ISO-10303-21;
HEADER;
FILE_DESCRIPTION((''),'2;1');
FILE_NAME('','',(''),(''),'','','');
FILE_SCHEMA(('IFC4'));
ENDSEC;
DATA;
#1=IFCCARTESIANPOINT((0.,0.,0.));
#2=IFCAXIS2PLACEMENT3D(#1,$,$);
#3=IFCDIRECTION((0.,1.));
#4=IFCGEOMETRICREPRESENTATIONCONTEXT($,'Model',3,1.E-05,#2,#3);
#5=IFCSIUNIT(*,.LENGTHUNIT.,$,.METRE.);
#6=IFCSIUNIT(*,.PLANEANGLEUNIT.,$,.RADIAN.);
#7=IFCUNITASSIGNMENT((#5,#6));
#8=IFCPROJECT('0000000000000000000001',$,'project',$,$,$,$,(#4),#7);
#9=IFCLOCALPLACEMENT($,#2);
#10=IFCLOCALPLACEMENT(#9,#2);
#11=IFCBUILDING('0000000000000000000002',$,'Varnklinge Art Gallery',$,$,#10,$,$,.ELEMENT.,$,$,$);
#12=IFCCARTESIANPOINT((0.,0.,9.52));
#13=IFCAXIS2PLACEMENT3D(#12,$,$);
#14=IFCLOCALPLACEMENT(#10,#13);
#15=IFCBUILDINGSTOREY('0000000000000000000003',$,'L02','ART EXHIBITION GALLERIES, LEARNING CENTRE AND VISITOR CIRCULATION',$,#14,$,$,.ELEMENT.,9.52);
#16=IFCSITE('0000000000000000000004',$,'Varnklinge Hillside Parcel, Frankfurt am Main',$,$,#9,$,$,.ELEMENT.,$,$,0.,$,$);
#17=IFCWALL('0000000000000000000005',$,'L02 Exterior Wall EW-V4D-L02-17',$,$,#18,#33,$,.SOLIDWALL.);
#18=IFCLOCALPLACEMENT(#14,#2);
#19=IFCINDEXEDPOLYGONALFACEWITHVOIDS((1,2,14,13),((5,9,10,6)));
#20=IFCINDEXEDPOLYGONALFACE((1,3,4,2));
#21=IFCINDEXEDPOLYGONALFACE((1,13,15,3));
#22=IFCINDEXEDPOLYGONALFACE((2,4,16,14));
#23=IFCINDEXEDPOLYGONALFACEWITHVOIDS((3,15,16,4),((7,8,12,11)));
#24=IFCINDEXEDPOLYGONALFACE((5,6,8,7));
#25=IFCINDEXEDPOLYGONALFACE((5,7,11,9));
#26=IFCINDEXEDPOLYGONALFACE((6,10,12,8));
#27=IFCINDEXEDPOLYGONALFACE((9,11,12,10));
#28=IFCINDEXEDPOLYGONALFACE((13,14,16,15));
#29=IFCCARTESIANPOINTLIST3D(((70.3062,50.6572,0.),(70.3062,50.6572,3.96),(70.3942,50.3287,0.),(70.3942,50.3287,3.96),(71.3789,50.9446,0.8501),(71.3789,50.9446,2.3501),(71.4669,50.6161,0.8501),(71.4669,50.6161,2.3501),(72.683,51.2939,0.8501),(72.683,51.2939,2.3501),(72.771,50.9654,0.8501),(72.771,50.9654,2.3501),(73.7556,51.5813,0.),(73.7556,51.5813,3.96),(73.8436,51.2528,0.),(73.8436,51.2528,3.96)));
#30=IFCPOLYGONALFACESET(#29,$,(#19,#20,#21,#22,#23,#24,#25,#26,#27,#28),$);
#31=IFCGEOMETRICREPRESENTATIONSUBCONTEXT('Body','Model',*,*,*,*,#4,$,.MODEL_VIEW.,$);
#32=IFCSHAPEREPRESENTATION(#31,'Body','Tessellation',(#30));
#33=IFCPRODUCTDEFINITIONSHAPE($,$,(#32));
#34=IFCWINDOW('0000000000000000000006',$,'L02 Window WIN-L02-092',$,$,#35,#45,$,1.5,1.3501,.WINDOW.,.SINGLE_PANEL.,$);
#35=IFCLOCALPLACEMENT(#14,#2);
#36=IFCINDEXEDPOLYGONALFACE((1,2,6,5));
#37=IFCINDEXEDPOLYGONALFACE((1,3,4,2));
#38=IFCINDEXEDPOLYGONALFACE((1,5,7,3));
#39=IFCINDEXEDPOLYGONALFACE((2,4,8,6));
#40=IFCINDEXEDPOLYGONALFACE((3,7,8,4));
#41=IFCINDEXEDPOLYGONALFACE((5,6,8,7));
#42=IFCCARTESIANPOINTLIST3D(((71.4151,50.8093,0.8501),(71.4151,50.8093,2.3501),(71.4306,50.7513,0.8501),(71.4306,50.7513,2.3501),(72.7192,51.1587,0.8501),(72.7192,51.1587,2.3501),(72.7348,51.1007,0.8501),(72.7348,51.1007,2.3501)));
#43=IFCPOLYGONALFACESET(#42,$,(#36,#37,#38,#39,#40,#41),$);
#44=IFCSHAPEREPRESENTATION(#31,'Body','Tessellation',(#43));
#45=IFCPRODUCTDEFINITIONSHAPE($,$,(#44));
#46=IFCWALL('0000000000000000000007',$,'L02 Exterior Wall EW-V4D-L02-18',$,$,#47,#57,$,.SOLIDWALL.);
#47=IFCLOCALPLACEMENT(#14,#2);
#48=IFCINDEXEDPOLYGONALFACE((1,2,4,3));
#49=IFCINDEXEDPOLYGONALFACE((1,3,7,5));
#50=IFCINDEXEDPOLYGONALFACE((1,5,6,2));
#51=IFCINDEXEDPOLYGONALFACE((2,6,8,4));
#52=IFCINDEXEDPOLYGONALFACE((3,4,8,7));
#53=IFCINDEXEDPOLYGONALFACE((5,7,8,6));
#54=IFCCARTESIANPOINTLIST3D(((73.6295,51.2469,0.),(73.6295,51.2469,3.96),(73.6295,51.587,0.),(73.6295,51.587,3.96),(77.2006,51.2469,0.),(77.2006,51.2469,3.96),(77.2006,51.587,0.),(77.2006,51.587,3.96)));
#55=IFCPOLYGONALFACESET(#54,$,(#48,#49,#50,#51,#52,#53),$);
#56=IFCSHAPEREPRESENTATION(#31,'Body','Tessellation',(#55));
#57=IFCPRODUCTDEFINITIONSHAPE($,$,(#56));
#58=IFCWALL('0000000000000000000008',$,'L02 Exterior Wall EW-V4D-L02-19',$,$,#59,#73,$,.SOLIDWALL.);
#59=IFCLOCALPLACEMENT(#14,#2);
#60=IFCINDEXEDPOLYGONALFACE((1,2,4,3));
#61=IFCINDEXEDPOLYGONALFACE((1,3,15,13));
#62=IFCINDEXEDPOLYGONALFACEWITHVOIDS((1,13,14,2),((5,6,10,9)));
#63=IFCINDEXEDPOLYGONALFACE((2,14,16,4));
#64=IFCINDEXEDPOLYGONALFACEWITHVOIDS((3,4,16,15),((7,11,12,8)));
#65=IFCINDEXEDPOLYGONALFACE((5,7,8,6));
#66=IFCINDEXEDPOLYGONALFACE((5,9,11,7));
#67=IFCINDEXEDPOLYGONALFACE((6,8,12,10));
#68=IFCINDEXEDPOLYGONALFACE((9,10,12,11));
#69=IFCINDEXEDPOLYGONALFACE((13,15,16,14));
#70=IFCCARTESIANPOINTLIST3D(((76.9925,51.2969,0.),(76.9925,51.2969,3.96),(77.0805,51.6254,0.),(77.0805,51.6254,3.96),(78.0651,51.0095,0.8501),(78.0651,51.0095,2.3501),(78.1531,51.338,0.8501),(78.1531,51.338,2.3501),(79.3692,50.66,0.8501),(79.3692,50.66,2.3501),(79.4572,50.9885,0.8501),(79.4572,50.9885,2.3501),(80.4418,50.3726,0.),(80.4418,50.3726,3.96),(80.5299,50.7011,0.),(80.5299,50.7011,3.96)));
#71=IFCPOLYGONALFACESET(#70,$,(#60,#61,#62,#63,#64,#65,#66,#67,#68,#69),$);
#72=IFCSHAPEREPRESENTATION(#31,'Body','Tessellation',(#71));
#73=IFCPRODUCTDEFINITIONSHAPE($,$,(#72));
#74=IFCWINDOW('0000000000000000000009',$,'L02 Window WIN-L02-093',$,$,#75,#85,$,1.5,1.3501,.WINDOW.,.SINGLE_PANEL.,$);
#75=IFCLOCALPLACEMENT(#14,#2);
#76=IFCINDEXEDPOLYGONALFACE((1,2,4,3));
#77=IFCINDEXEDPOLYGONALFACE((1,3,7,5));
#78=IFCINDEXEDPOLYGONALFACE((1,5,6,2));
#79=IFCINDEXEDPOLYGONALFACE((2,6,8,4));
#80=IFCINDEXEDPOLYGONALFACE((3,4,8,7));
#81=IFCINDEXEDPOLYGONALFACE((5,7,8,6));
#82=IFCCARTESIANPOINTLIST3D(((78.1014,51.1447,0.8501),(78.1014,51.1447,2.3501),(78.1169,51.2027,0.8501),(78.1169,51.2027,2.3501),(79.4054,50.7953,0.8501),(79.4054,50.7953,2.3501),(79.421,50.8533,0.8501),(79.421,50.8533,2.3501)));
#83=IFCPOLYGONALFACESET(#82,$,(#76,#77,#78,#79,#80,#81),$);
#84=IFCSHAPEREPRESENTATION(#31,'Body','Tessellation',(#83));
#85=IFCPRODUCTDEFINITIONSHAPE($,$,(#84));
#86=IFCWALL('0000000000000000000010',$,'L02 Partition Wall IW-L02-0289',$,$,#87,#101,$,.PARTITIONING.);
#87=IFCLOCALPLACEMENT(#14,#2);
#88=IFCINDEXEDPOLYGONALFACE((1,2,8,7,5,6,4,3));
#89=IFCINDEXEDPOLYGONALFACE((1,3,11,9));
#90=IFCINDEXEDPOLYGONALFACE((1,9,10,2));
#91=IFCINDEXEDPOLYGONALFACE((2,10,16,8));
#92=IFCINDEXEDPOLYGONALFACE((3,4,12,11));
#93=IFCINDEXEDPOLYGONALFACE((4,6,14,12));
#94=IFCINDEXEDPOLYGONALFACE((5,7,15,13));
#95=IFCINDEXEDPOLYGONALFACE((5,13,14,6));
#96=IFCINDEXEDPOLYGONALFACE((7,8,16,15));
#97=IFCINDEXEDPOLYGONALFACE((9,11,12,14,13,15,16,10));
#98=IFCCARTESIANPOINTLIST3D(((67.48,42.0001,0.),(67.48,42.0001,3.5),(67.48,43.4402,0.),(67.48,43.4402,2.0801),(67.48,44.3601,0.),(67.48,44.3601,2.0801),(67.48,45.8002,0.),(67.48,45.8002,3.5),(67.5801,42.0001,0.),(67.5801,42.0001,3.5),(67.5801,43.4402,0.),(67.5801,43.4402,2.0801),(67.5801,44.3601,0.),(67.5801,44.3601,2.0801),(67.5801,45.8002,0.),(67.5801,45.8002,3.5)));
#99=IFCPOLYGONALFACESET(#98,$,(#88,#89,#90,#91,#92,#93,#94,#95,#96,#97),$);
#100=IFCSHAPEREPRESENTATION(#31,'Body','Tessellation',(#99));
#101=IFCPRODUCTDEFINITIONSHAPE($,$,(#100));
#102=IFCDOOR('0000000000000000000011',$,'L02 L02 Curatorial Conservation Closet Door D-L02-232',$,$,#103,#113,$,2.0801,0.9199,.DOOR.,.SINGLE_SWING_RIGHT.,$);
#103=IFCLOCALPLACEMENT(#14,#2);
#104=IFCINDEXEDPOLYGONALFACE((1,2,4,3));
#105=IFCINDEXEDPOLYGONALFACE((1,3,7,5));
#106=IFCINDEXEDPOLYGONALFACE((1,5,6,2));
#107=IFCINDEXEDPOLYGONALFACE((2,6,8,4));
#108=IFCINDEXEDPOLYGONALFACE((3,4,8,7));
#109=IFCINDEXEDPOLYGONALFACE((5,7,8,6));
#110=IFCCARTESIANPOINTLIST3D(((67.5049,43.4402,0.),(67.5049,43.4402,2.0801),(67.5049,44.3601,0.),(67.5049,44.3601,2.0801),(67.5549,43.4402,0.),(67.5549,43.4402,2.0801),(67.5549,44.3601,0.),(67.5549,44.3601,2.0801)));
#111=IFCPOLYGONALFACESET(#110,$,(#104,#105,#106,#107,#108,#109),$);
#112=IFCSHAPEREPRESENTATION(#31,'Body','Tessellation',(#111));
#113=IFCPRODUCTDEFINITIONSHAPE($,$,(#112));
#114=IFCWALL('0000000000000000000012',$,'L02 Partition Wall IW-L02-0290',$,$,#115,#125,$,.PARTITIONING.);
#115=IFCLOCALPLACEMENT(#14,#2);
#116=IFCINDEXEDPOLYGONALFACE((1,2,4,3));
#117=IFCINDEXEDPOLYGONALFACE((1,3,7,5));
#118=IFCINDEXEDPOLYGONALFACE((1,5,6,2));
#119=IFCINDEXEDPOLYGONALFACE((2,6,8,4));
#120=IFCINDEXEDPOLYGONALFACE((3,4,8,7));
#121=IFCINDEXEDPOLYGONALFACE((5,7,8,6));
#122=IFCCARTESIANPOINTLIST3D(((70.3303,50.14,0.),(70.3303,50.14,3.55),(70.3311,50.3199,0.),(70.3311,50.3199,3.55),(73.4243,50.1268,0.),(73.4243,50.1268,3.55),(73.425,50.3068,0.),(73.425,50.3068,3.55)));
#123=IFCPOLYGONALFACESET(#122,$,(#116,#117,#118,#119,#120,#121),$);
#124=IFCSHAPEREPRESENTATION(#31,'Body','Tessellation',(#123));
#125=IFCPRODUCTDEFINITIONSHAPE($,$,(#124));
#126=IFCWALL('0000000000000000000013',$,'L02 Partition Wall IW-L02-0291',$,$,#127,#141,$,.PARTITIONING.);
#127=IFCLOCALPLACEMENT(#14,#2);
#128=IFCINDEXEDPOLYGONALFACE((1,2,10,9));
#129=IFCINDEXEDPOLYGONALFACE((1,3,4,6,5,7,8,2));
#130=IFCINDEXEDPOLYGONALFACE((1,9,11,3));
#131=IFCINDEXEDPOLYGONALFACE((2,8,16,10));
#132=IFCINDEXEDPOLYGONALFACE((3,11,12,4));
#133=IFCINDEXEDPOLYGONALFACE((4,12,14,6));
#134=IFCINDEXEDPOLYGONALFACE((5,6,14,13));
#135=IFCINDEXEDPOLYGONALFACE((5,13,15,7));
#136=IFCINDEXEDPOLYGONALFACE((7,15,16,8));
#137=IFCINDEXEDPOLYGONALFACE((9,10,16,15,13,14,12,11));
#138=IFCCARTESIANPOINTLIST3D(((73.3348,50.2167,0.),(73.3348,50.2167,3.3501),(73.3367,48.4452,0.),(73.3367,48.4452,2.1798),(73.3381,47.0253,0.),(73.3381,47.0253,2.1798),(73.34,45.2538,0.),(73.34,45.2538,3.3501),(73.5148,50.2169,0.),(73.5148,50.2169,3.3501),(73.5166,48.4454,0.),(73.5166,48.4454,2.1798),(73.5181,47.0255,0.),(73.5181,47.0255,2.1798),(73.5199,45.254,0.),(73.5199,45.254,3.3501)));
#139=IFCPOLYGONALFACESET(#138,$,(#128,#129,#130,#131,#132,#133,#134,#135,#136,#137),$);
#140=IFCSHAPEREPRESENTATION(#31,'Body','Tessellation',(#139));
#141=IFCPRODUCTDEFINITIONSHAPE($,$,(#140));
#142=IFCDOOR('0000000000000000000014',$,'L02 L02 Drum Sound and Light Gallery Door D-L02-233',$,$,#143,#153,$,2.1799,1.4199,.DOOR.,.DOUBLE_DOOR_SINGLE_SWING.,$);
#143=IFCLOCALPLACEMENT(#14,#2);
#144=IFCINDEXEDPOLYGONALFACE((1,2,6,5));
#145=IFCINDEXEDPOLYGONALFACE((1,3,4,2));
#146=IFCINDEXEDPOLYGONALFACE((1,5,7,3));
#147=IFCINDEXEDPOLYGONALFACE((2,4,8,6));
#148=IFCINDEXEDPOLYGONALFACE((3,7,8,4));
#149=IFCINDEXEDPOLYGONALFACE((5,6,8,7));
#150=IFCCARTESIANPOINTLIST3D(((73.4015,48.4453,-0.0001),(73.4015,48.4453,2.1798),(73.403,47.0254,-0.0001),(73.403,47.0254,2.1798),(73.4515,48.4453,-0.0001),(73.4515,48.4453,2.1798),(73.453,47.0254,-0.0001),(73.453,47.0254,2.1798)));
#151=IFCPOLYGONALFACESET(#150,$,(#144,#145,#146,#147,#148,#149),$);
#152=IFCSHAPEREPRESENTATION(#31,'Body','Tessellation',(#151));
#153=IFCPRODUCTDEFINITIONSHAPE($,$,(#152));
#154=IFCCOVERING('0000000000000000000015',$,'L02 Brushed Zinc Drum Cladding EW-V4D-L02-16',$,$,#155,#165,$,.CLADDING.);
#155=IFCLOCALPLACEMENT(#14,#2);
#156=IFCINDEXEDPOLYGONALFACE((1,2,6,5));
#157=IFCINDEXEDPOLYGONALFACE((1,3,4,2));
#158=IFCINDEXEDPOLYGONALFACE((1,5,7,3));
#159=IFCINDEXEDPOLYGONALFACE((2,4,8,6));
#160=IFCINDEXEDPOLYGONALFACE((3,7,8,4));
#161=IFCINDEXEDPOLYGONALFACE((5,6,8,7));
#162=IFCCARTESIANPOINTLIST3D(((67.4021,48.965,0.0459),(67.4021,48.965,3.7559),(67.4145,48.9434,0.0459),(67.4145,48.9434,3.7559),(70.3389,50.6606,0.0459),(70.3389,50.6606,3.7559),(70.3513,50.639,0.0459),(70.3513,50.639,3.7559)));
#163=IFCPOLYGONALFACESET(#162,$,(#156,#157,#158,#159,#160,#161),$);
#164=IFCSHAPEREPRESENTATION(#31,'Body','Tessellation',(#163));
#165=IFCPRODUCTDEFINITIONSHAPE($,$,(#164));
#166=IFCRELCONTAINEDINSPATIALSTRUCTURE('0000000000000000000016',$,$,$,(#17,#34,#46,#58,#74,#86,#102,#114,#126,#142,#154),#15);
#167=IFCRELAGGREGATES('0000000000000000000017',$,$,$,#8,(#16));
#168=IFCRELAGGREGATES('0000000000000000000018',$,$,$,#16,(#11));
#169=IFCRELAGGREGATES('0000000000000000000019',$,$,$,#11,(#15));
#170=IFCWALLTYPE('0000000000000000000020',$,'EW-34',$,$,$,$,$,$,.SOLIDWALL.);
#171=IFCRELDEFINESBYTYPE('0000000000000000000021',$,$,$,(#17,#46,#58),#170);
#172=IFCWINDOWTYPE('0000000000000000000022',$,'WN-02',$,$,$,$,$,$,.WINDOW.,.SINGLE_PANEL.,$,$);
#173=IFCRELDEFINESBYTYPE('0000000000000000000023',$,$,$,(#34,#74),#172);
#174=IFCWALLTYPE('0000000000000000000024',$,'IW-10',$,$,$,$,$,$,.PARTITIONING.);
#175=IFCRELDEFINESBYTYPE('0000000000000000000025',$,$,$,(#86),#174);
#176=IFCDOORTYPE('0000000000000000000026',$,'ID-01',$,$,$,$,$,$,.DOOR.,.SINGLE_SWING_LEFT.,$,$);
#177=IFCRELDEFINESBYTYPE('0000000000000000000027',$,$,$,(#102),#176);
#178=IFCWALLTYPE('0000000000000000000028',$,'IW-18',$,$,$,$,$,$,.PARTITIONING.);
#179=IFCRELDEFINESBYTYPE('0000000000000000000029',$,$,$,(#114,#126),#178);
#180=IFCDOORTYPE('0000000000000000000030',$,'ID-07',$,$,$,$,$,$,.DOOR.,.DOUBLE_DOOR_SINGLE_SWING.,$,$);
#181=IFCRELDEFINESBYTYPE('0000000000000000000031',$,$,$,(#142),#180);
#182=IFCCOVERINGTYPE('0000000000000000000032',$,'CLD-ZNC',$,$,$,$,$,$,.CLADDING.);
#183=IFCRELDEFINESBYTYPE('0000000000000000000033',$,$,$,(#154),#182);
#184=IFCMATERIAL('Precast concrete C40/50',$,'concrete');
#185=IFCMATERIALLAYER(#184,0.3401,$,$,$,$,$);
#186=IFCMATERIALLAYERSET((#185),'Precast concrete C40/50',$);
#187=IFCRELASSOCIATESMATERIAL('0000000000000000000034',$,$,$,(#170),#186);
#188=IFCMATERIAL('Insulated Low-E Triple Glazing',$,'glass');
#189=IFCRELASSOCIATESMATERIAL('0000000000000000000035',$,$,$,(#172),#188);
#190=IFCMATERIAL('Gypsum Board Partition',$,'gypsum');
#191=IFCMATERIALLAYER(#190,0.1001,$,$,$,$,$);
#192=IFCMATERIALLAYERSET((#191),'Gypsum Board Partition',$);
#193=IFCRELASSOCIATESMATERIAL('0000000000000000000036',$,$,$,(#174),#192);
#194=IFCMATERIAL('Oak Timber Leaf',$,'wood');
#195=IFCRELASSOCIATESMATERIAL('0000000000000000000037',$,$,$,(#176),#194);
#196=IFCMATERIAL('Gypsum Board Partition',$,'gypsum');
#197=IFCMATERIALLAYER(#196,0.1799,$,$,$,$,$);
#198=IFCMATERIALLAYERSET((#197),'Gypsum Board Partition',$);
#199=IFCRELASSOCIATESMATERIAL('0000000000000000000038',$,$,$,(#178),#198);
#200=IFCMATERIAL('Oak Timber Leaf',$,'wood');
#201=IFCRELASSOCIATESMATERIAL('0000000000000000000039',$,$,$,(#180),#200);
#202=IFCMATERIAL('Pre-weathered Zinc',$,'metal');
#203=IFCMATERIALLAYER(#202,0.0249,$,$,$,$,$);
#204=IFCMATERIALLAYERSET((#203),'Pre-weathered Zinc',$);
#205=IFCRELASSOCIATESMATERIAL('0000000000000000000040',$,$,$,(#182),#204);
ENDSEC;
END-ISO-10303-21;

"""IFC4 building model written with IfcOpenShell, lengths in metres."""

from ifc_helpers import new_model, si_unit, direction, frame, frame_2d, origin, origin_2d, place, context, subcontext, project, spatial, rectangle, extrude, material, layer, layer_set, type_object, element, fill, save


model = new_model("IFC4")

# Units and contexts
model_context = context("Model", 3, precision=1e-05, world=origin(), true_north=direction((0.0, 1.0)))
body_context = subcontext(model_context, "Body", "Model", "MODEL_VIEW")
ifc_project = project(units=[si_unit("LENGTHUNIT", "METRE"), si_unit("PLANEANGLEUNIT", "RADIAN")], contexts=[model_context])

# Site, building, storey
site_placement = place(None, origin())
site = spatial("IfcSite", under=ifc_project, at=site_placement, Name="Varnklinge Hillside Parcel, Frankfurt am Main", CompositionType="ELEMENT", RefElevation=0.0)
building_placement = place(site_placement, origin())
building = spatial("IfcBuilding", under=site, at=building_placement, Name="Varnklinge Art Gallery", CompositionType="ELEMENT")
storey_placement = place(building_placement, frame((0.0, 0.0, 9.52)))
storey = spatial("IfcBuildingStorey", under=building, at=storey_placement, Name="L02", Description="ART EXHIBITION GALLERIES, LEARNING CENTRE AND VISITOR CIRCULATION", CompositionType="ELEMENT", Elevation=9.52)

# Shared definitions
ifc_material_1 = material(Name="Precast concrete C40/50", Category="concrete")
ifc_layer_1 = layer(ifc_material_1, 0.3401)
ifc_layer_set_1 = layer_set([ifc_layer_1], Name="Precast concrete C40/50")
wall_type_1 = type_object("IfcWallType", Name="EW-34", PredefinedType="SOLIDWALL", material=ifc_layer_set_1)
ifc_material_2 = material(Name="Insulated Low-E Triple Glazing", Category="glass")
window_type = type_object("IfcWindowType", Name="WN-02", PartitioningType="SINGLE_PANEL", PredefinedType="WINDOW", material=ifc_material_2)

# Wall, opening, window
wall_1_placement = place(storey_placement, frame((70.3501, 50.4929, 0.0), z_axis=(0.0, 0.0, 1.0), x_axis=(0.96594, 0.258765, 0.0)))
wall_1 = element("IfcWall", 1, at=wall_1_placement, inside=storey, type_object=wall_type_1, Name="L02 Exterior Wall EW-V4D-L02-17", PredefinedType="SOLIDWALL", context=body_context, shape_type="SweptSolid", body=[
    extrude(rectangle(XDim=3.571, YDim=0.3401, at=frame_2d((1.7856, 0.0))), origin(), (0.0, 0.0, 1.0), 3.96),
])
opening_1_placement = place(wall_1_placement, frame((1.1106, 0.0, 0.8501)))
opening_1 = element("IfcOpeningElement", 2, at=opening_1_placement, cuts=wall_1, PredefinedType="OPENING", context=body_context, shape_type="SweptSolid", body=[
    extrude(rectangle(XDim=1.3501, YDim=1.5, at=frame_2d((0.675, 0.75))), frame((0.0, 0.1799, 0.0), z_axis=(0.0, -1.0, 0.0), x_axis=(1.0, 0.0, 0.0)), (0.0, 0.0, 1.0), 0.3601),
])
window_1_placement = place(opening_1_placement, origin())
window_1 = element("IfcWindow", 3, at=window_1_placement, inside=storey, type_object=window_type, Name="L02 Window WIN-L02-092", OverallHeight=1.5, OverallWidth=1.3501, PartitioningType="SINGLE_PANEL", PredefinedType="WINDOW", context=body_context, shape_type="SweptSolid", body=[
    extrude(rectangle(XDim=1.3501, YDim=1.5, at=frame_2d((0.675, 0.75))), frame((0.0, 0.03, 0.0), z_axis=(0.0, -1.0, 0.0), x_axis=(1.0, 0.0, 0.0)), (0.0, 0.0, 1.0), 0.0601),
])
fill(opening_1, window_1)

# Wall
wall_2_placement = place(storey_placement, frame((73.6294, 51.417, 0.0), z_axis=(0.0, 0.0, 1.0), x_axis=(1.0, 0.0, 0.0)))
element("IfcWall", 4, at=wall_2_placement, inside=storey, type_object=wall_type_1, Name="L02 Exterior Wall EW-V4D-L02-18", PredefinedType="SOLIDWALL", context=body_context, shape_type="SweptSolid", body=[
    extrude(rectangle(XDim=3.571, YDim=0.3401, at=frame_2d((1.7856, 0.0))), origin(), (0.0, 0.0, 1.0), 3.96),
])

# Wall, opening, window
wall_3_placement = place(storey_placement, frame((77.0364, 51.4612, 0.0), z_axis=(0.0, 0.0, 1.0), x_axis=(0.965923, -0.258828, 0.0)))
wall_3 = element("IfcWall", 5, at=wall_3_placement, inside=storey, type_object=wall_type_1, Name="L02 Exterior Wall EW-V4D-L02-19", PredefinedType="SOLIDWALL", context=body_context, shape_type="SweptSolid", body=[
    extrude(rectangle(XDim=3.571, YDim=0.3401, at=frame_2d((1.7856, 0.0))), origin(), (0.0, 0.0, 1.0), 3.96),
])
opening_2_placement = place(wall_3_placement, frame((1.1106, 0.0, 0.8501)))
opening_2 = element("IfcOpeningElement", 6, at=opening_2_placement, cuts=wall_3, PredefinedType="OPENING", context=body_context, shape_type="SweptSolid", body=[
    extrude(rectangle(XDim=1.3501, YDim=1.5, at=frame_2d((0.675, 0.75))), frame((0.0, 0.1799, 0.0), z_axis=(0.0, -1.0, 0.0), x_axis=(1.0, 0.0, 0.0)), (0.0, 0.0, 1.0), 0.3601),
])
window_2_placement = place(opening_2_placement, origin())
window_2 = element("IfcWindow", 7, at=window_2_placement, inside=storey, type_object=window_type, Name="L02 Window WIN-L02-093", OverallHeight=1.5, OverallWidth=1.3501, PartitioningType="SINGLE_PANEL", PredefinedType="WINDOW", context=body_context, shape_type="SweptSolid", body=[
    extrude(rectangle(XDim=1.3501, YDim=1.5, at=frame_2d((0.675, 0.75))), frame((0.0, 0.03, 0.0), z_axis=(0.0, -1.0, 0.0), x_axis=(1.0, 0.0, 0.0)), (0.0, 0.0, 1.0), 0.0601),
])
fill(opening_2, window_2)

# Wall, opening, door
ifc_material_3 = material(Name="Gypsum Board Partition", Category="gypsum")
ifc_layer_2 = layer(ifc_material_3, 0.1001)
ifc_layer_set_2 = layer_set([ifc_layer_2], Name="Gypsum Board Partition")
wall_type_2 = type_object("IfcWallType", Name="IW-10", PredefinedType="PARTITIONING", material=ifc_layer_set_2)
wall_4_placement = place(storey_placement, frame((67.53, 45.8, 0.0), z_axis=(0.0, 0.0, 1.0), x_axis=(0.0, -1.0, 0.0)))
wall_4 = element("IfcWall", 8, at=wall_4_placement, inside=storey, type_object=wall_type_2, Name="L02 Partition Wall IW-L02-0289", PredefinedType="PARTITIONING", context=body_context, shape_type="SweptSolid", body=[
    extrude(rectangle(XDim=3.8, YDim=0.1001, at=frame_2d((1.8999, 0.0))), origin(), (0.0, 0.0, 1.0), 3.5),
])
opening_3_placement = place(wall_4_placement, frame((1.4399, 0.0, 0.0)))
opening_3 = element("IfcOpeningElement", 9, at=opening_3_placement, cuts=wall_4, PredefinedType="OPENING", context=body_context, shape_type="SweptSolid", body=[
    extrude(rectangle(XDim=0.9199, YDim=2.0801, at=frame_2d((0.46, 1.04))), frame((0.0, 0.0601, 0.0), z_axis=(0.0, -1.0, 0.0), x_axis=(1.0, 0.0, 0.0)), (0.0, 0.0, 1.0), 0.1201),
])
ifc_material_4 = material(Name="Oak Timber Leaf", Category="wood")
door_type_1 = type_object("IfcDoorType", Name="ID-01", OperationType="SINGLE_SWING_LEFT", PredefinedType="DOOR", material=ifc_material_4)
door_1_placement = place(opening_3_placement, origin())
door_1 = element("IfcDoor", 10, at=door_1_placement, inside=storey, type_object=door_type_1, Name="L02 L02 Curatorial Conservation Closet Door D-L02-232", OperationType="SINGLE_SWING_RIGHT", OverallHeight=2.0801, OverallWidth=0.9199, PredefinedType="DOOR", context=body_context, shape_type="SweptSolid", body=[
    extrude(rectangle(XDim=0.9199, YDim=2.0801, at=frame_2d((0.46, 1.04))), frame((0.0, 0.0249, 0.0), z_axis=(0.0, -1.0, 0.0), x_axis=(1.0, 0.0, 0.0)), (0.0, 0.0, 1.0), 0.05),
])
fill(opening_3, door_1)

# Wall
ifc_material_5 = material(Name="Gypsum Board Partition", Category="gypsum")
ifc_layer_3 = layer(ifc_material_5, 0.1799)
ifc_layer_set_3 = layer_set([ifc_layer_3], Name="Gypsum Board Partition")
wall_type_3 = type_object("IfcWallType", Name="IW-18", PredefinedType="PARTITIONING", material=ifc_layer_set_3)
wall_5_placement = place(storey_placement, frame((70.3308, 50.23, 0.0), z_axis=(0.0, 0.0, 1.0), x_axis=(0.999991, -0.004261, 0.0)))
element("IfcWall", 11, at=wall_5_placement, inside=storey, type_object=wall_type_3, Name="L02 Partition Wall IW-L02-0290", PredefinedType="PARTITIONING", context=body_context, shape_type="SweptSolid", body=[
    extrude(rectangle(XDim=3.094, YDim=0.1799, at=frame_2d((1.5469, 0.0))), origin(), (0.0, 0.0, 1.0), 3.55),
])

# Wall, opening, door
wall_6_placement = place(storey_placement, frame((73.4248, 50.2168, 0.0), z_axis=(0.0, 0.0, 1.0), x_axis=(0.001033, -0.999999, 0.0)))
wall_6 = element("IfcWall", 12, at=wall_6_placement, inside=storey, type_object=wall_type_3, Name="L02 Partition Wall IW-L02-0291", PredefinedType="PARTITIONING", context=body_context, shape_type="SweptSolid", body=[
    extrude(rectangle(XDim=4.9629, YDim=0.1799, at=frame_2d((2.4814, 0.0))), origin(), (0.0, 0.0, 1.0), 3.3501),
])
opening_4_placement = place(wall_6_placement, frame((1.7715, 0.0, 0.0)))
opening_4 = element("IfcOpeningElement", 13, at=opening_4_placement, cuts=wall_6, PredefinedType="OPENING", context=body_context, shape_type="SweptSolid", body=[
    extrude(rectangle(XDim=1.4199, YDim=2.1799, at=frame_2d((0.71, 1.0898))), frame((0.0, 0.0999, 0.0), z_axis=(0.0, -1.0, 0.0), x_axis=(1.0, 0.0, 0.0)), (0.0, 0.0, 1.0), 0.2),
])
ifc_material_6 = material(Name="Oak Timber Leaf", Category="wood")
door_type_2 = type_object("IfcDoorType", Name="ID-07", OperationType="DOUBLE_DOOR_SINGLE_SWING", PredefinedType="DOOR", material=ifc_material_6)
door_2_placement = place(opening_4_placement, origin())
door_2 = element("IfcDoor", 14, at=door_2_placement, inside=storey, type_object=door_type_2, Name="L02 L02 Drum Sound and Light Gallery Door D-L02-233", OperationType="DOUBLE_DOOR_SINGLE_SWING", OverallHeight=2.1799, OverallWidth=1.4199, PredefinedType="DOOR", context=body_context, shape_type="SweptSolid", body=[
    extrude(rectangle(XDim=1.4199, YDim=2.1799, at=frame_2d((0.71, 1.0898))), frame((0.0, 0.0249, 0.0), z_axis=(0.0, -1.0, 0.0), x_axis=(1.0, 0.0, 0.0)), (0.0, 0.0, 1.0), 0.05),
])
fill(opening_4, door_2)

# Covering
ifc_material_7 = material(Name="Pre-weathered Zinc", Category="metal")
ifc_layer_4 = layer(ifc_material_7, 0.0249)
ifc_layer_set_4 = layer_set([ifc_layer_4], Name="Pre-weathered Zinc")
covering_type = type_object("IfcCoveringType", Name="CLD-ZNC", PredefinedType="CLADDING", material=ifc_layer_set_4)
for number, where, z_axis, x_axis, name in (
    (15, (68.8767, 49.802, 0.0459), (0.0, 0.0, 1.0), (0.866025, 0.5, 0.0), "L02 Brushed Zinc Drum Cladding EW-V4D-L02-16"),
):
    element("IfcCovering", number, at=place(storey_placement, frame(where, z_axis=z_axis, x_axis=x_axis)), inside=storey, type_object=covering_type, Name=name, PredefinedType="CLADDING", context=body_context, shape_type="SweptSolid", body=[
        extrude(rectangle(XDim=3.3911, YDim=0.0249, at=origin_2d()), origin(), (0.0, 0.0, 1.0), 3.71),
    ])

save(model, "model.ifc")
